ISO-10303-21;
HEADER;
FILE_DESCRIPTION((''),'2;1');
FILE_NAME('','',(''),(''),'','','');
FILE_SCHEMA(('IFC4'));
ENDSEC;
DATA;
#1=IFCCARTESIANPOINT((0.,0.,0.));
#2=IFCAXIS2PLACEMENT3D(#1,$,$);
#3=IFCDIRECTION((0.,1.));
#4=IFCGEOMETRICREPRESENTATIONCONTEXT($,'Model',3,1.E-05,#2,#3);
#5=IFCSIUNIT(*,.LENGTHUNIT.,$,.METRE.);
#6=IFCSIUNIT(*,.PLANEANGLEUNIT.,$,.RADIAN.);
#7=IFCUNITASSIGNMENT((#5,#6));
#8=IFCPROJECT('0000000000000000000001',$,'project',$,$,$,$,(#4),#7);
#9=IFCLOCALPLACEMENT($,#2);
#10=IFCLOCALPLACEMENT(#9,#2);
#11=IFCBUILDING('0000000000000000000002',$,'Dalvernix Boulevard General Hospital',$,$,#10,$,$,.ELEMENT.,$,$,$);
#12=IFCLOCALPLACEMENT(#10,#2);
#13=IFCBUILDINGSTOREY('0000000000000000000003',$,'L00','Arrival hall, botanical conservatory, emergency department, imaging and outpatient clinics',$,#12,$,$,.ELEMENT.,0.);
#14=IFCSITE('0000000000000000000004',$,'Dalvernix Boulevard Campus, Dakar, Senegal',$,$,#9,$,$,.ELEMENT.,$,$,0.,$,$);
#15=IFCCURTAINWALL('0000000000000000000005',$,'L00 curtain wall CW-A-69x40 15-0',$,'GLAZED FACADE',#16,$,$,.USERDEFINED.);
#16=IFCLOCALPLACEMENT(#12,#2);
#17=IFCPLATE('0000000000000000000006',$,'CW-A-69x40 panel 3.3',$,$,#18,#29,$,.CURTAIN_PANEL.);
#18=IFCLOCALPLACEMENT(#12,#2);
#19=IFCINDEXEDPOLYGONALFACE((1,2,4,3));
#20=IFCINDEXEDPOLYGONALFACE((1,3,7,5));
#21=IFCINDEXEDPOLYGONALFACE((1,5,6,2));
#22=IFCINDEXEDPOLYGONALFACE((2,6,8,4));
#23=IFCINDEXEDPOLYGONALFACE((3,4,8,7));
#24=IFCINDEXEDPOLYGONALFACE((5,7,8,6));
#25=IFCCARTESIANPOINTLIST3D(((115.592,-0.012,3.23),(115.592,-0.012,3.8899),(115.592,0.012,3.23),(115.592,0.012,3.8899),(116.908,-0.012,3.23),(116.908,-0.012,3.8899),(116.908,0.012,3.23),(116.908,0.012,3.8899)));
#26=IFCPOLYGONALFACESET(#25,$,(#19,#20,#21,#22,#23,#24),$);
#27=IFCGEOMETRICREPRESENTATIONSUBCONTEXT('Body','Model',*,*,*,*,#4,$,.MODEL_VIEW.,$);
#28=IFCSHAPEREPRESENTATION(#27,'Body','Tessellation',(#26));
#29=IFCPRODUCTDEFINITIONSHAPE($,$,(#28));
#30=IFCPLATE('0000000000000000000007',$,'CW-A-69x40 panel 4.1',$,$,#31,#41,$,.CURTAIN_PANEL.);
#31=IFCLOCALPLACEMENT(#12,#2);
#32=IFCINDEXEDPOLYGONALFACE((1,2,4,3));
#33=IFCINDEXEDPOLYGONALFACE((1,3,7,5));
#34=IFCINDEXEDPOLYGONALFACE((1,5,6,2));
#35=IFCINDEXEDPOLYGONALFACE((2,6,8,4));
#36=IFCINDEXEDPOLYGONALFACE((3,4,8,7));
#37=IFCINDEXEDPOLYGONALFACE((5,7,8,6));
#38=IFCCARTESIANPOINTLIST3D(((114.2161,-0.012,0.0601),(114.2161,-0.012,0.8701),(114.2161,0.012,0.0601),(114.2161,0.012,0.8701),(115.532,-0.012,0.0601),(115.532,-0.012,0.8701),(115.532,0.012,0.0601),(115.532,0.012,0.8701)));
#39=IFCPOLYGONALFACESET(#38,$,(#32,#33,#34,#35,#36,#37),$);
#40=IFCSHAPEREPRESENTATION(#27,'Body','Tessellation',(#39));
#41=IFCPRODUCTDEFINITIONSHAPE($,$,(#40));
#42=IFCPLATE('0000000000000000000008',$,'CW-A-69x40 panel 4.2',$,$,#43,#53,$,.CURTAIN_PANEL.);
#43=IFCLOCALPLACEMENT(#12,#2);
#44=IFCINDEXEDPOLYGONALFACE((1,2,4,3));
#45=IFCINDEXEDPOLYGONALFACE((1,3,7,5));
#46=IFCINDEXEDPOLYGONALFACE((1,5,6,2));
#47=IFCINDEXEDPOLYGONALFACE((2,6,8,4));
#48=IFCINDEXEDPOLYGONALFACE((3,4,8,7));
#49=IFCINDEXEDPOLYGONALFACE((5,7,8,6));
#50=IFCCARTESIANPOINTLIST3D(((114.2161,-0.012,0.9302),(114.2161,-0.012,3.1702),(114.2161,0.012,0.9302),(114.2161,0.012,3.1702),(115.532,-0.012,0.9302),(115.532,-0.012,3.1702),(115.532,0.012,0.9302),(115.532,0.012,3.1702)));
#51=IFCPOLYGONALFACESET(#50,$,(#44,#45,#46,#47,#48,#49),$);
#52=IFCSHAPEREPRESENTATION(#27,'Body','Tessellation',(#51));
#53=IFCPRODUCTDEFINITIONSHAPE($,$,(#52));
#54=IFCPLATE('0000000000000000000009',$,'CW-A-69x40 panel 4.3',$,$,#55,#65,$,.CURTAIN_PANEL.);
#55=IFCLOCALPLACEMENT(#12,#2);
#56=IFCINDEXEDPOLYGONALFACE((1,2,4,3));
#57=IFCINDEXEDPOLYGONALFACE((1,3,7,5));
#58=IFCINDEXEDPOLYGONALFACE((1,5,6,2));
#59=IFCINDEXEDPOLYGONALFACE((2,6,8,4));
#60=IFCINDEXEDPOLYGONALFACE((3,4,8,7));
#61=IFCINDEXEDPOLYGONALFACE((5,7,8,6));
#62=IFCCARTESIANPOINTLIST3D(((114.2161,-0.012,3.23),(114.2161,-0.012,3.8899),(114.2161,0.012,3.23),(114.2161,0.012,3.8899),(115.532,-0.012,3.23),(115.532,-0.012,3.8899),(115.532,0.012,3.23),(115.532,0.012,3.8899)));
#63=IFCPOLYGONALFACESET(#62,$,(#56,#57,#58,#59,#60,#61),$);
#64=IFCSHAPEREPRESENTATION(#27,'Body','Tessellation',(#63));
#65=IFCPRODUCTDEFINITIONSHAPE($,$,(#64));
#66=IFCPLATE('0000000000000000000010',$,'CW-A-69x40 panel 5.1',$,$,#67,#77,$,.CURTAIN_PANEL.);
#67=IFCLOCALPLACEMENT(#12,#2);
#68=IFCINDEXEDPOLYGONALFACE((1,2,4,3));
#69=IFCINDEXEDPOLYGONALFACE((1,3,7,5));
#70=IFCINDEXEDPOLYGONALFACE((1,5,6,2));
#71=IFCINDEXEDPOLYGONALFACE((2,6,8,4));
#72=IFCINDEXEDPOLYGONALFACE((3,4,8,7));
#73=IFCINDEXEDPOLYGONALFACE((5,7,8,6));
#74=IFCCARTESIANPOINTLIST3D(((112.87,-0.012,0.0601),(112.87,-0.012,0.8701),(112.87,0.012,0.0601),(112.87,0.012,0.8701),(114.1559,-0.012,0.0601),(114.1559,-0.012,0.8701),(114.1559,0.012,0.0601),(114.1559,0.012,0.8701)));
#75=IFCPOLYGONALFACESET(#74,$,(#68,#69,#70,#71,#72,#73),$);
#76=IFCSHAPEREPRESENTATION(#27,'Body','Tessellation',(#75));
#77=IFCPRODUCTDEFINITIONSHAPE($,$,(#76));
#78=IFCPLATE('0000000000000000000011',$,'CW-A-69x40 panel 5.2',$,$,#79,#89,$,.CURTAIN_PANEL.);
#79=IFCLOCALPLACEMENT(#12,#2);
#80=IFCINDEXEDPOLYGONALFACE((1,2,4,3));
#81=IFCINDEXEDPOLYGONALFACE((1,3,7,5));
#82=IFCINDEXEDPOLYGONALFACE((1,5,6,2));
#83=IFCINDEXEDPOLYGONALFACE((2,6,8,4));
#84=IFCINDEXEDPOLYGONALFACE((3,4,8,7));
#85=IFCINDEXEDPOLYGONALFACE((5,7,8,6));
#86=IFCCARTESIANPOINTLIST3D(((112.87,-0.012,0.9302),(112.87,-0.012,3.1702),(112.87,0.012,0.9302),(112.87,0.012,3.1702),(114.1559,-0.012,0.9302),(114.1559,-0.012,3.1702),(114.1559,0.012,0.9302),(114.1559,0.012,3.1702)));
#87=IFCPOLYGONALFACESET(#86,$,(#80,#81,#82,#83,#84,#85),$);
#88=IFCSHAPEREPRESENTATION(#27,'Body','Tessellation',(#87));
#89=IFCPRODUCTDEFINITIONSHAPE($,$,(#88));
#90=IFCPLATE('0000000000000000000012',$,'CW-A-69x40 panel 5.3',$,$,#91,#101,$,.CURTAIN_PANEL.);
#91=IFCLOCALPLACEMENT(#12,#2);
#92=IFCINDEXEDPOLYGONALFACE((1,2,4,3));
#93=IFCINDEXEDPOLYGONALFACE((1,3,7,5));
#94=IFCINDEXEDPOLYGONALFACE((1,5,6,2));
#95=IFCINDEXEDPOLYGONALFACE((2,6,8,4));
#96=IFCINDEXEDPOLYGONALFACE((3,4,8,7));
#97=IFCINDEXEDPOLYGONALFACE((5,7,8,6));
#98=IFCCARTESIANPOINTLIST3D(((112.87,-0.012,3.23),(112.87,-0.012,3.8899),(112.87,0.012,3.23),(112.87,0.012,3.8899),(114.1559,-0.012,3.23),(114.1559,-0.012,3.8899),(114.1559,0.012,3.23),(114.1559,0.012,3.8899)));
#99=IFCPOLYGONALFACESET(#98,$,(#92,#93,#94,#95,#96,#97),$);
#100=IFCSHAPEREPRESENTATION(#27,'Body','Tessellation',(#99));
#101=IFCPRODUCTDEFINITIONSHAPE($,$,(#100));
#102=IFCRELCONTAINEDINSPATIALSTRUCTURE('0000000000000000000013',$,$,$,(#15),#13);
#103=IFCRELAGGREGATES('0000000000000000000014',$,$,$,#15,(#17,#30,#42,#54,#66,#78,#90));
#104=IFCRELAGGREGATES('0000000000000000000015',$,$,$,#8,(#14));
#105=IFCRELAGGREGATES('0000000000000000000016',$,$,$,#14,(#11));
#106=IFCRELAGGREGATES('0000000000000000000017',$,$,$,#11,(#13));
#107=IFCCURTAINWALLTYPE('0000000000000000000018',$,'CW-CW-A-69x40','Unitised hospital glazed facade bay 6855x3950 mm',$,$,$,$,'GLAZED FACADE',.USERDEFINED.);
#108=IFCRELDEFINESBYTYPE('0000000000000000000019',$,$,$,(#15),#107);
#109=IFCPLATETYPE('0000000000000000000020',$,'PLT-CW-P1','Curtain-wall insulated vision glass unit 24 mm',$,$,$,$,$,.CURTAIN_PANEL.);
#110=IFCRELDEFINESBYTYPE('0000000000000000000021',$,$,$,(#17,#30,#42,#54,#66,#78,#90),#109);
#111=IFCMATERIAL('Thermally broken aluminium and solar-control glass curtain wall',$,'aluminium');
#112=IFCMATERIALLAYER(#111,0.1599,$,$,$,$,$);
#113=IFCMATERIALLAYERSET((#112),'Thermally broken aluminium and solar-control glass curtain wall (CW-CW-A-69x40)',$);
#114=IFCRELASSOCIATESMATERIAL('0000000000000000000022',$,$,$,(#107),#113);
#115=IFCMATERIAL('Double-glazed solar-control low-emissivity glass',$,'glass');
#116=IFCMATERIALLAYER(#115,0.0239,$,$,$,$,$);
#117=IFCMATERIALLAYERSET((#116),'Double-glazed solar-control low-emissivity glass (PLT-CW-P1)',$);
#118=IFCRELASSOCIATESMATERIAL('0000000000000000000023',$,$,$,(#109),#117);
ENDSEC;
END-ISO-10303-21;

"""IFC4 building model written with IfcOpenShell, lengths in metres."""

from ifc_helpers import new_model, si_unit, direction, frame, origin, origin_2d, place, context, subcontext, project, spatial, rectangle, extrude, material, layer, layer_set, type_object, element, aggregate, save


model = new_model("IFC4")

# Units and contexts
model_context = context("Model", 3, precision=1e-05, world=origin(), true_north=direction((0.0, 1.0)))
body_context = subcontext(model_context, "Body", "Model", "MODEL_VIEW")
ifc_project = project(units=[si_unit("LENGTHUNIT", "METRE"), si_unit("PLANEANGLEUNIT", "RADIAN")], contexts=[model_context])

# Site, building, storey
site_placement = place(None, origin())
site = spatial("IfcSite", under=ifc_project, at=site_placement, Name="Dalvernix Boulevard Campus, Dakar, Senegal", CompositionType="ELEMENT", RefElevation=0.0)
building_placement = place(site_placement, origin())
building = spatial("IfcBuilding", under=site, at=building_placement, Name="Dalvernix Boulevard General Hospital", CompositionType="ELEMENT")
storey_placement = place(building_placement, origin())
storey = spatial("IfcBuildingStorey", under=building, at=storey_placement, Name="L00", Description="Arrival hall, botanical conservatory, emergency department, imaging and outpatient clinics", CompositionType="ELEMENT", Elevation=0.0)

# Curtain wall, plates
ifc_material_1 = material(Name="Thermally broken aluminium and solar-control glass curtain wall", Category="aluminium")
ifc_layer_1 = layer(ifc_material_1, 0.1599)
ifc_layer_set_1 = layer_set([ifc_layer_1], Name="Thermally broken aluminium and solar-control glass curtain wall (CW-CW-A-69x40)")
curtain_wall_type = type_object("IfcCurtainWallType", Name="CW-CW-A-69x40", Description="Unitised hospital glazed facade bay 6855x3950 mm", ElementType="GLAZED FACADE", PredefinedType="USERDEFINED", material=ifc_layer_set_1)
curtain_wall_placement = place(storey_placement, origin())
curtain_wall = element("IfcCurtainWall", 1, at=curtain_wall_placement, inside=storey, type_object=curtain_wall_type, Name="L00 curtain wall CW-A-69x40 15-0", ObjectType="GLAZED FACADE", PredefinedType="USERDEFINED")
ifc_material_2 = material(Name="Double-glazed solar-control low-emissivity glass", Category="glass")
ifc_layer_2 = layer(ifc_material_2, 0.0239)
ifc_layer_set_2 = layer_set([ifc_layer_2], Name="Double-glazed solar-control low-emissivity glass (PLT-CW-P1)")
plate_type = type_object("IfcPlateType", Name="PLT-CW-P1", Description="Curtain-wall insulated vision glass unit 24 mm", PredefinedType="CURTAIN_PANEL", material=ifc_layer_set_2)
plate_1_placement = place(storey_placement, frame((116.25, 0.0, 3.23), z_axis=(0.0, 0.0, 1.0), x_axis=(-1.0, 0.0, 0.0)))
plate_1 = element("IfcPlate", 2, at=plate_1_placement, type_object=plate_type, Name="CW-A-69x40 panel 3.3", PredefinedType="CURTAIN_PANEL", context=body_context, shape_type="SweptSolid", body=[
    extrude(rectangle(XDim=1.3159, YDim=0.0239, at=origin_2d()), origin(), (0.0, 0.0, 1.0), 0.6599),
])
plate_2_placement = place(storey_placement, frame((114.874, 0.0, 0.0601), z_axis=(0.0, 0.0, 1.0), x_axis=(-1.0, 0.0, 0.0)))
plate_2 = element("IfcPlate", 3, at=plate_2_placement, type_object=plate_type, Name="CW-A-69x40 panel 4.1", PredefinedType="CURTAIN_PANEL", context=body_context, shape_type="SweptSolid", body=[
    extrude(rectangle(XDim=1.3159, YDim=0.0239, at=origin_2d()), origin(), (0.0, 0.0, 1.0), 0.8101),
])
plate_3_placement = place(storey_placement, frame((114.874, 0.0, 0.9302), z_axis=(0.0, 0.0, 1.0), x_axis=(-1.0, 0.0, 0.0)))
plate_3 = element("IfcPlate", 4, at=plate_3_placement, type_object=plate_type, Name="CW-A-69x40 panel 4.2", PredefinedType="CURTAIN_PANEL", context=body_context, shape_type="SweptSolid", body=[
    extrude(rectangle(XDim=1.3159, YDim=0.0239, at=origin_2d()), origin(), (0.0, 0.0, 1.0), 2.24),
])
plate_4_placement = place(storey_placement, frame((114.874, 0.0, 3.23), z_axis=(0.0, 0.0, 1.0), x_axis=(-1.0, 0.0, 0.0)))
plate_4 = element("IfcPlate", 5, at=plate_4_placement, type_object=plate_type, Name="CW-A-69x40 panel 4.3", PredefinedType="CURTAIN_PANEL", context=body_context, shape_type="SweptSolid", body=[
    extrude(rectangle(XDim=1.3159, YDim=0.0239, at=origin_2d()), origin(), (0.0, 0.0, 1.0), 0.6599),
])
plate_5_placement = place(storey_placement, frame((113.5129, 0.0, 0.0601), z_axis=(0.0, 0.0, 1.0), x_axis=(-1.0, 0.0, 0.0)))
plate_5 = element("IfcPlate", 6, at=plate_5_placement, type_object=plate_type, Name="CW-A-69x40 panel 5.1", PredefinedType="CURTAIN_PANEL", context=body_context, shape_type="SweptSolid", body=[
    extrude(rectangle(XDim=1.2859, YDim=0.0239, at=origin_2d()), origin(), (0.0, 0.0, 1.0), 0.8101),
])
plate_6_placement = place(storey_placement, frame((113.5129, 0.0, 0.9302), z_axis=(0.0, 0.0, 1.0), x_axis=(-1.0, 0.0, 0.0)))
plate_6 = element("IfcPlate", 7, at=plate_6_placement, type_object=plate_type, Name="CW-A-69x40 panel 5.2", PredefinedType="CURTAIN_PANEL", context=body_context, shape_type="SweptSolid", body=[
    extrude(rectangle(XDim=1.2859, YDim=0.0239, at=origin_2d()), origin(), (0.0, 0.0, 1.0), 2.24),
])
plate_7_placement = place(storey_placement, frame((113.5129, 0.0, 3.23), z_axis=(0.0, 0.0, 1.0), x_axis=(-1.0, 0.0, 0.0)))
plate_7 = element("IfcPlate", 8, at=plate_7_placement, type_object=plate_type, Name="CW-A-69x40 panel 5.3", PredefinedType="CURTAIN_PANEL", context=body_context, shape_type="SweptSolid", body=[
    extrude(rectangle(XDim=1.2859, YDim=0.0239, at=origin_2d()), origin(), (0.0, 0.0, 1.0), 0.6599),
])
aggregate(curtain_wall, [plate_1, plate_2, plate_3, plate_4, plate_5, plate_6, plate_7])

save(model, "model.ifc")
